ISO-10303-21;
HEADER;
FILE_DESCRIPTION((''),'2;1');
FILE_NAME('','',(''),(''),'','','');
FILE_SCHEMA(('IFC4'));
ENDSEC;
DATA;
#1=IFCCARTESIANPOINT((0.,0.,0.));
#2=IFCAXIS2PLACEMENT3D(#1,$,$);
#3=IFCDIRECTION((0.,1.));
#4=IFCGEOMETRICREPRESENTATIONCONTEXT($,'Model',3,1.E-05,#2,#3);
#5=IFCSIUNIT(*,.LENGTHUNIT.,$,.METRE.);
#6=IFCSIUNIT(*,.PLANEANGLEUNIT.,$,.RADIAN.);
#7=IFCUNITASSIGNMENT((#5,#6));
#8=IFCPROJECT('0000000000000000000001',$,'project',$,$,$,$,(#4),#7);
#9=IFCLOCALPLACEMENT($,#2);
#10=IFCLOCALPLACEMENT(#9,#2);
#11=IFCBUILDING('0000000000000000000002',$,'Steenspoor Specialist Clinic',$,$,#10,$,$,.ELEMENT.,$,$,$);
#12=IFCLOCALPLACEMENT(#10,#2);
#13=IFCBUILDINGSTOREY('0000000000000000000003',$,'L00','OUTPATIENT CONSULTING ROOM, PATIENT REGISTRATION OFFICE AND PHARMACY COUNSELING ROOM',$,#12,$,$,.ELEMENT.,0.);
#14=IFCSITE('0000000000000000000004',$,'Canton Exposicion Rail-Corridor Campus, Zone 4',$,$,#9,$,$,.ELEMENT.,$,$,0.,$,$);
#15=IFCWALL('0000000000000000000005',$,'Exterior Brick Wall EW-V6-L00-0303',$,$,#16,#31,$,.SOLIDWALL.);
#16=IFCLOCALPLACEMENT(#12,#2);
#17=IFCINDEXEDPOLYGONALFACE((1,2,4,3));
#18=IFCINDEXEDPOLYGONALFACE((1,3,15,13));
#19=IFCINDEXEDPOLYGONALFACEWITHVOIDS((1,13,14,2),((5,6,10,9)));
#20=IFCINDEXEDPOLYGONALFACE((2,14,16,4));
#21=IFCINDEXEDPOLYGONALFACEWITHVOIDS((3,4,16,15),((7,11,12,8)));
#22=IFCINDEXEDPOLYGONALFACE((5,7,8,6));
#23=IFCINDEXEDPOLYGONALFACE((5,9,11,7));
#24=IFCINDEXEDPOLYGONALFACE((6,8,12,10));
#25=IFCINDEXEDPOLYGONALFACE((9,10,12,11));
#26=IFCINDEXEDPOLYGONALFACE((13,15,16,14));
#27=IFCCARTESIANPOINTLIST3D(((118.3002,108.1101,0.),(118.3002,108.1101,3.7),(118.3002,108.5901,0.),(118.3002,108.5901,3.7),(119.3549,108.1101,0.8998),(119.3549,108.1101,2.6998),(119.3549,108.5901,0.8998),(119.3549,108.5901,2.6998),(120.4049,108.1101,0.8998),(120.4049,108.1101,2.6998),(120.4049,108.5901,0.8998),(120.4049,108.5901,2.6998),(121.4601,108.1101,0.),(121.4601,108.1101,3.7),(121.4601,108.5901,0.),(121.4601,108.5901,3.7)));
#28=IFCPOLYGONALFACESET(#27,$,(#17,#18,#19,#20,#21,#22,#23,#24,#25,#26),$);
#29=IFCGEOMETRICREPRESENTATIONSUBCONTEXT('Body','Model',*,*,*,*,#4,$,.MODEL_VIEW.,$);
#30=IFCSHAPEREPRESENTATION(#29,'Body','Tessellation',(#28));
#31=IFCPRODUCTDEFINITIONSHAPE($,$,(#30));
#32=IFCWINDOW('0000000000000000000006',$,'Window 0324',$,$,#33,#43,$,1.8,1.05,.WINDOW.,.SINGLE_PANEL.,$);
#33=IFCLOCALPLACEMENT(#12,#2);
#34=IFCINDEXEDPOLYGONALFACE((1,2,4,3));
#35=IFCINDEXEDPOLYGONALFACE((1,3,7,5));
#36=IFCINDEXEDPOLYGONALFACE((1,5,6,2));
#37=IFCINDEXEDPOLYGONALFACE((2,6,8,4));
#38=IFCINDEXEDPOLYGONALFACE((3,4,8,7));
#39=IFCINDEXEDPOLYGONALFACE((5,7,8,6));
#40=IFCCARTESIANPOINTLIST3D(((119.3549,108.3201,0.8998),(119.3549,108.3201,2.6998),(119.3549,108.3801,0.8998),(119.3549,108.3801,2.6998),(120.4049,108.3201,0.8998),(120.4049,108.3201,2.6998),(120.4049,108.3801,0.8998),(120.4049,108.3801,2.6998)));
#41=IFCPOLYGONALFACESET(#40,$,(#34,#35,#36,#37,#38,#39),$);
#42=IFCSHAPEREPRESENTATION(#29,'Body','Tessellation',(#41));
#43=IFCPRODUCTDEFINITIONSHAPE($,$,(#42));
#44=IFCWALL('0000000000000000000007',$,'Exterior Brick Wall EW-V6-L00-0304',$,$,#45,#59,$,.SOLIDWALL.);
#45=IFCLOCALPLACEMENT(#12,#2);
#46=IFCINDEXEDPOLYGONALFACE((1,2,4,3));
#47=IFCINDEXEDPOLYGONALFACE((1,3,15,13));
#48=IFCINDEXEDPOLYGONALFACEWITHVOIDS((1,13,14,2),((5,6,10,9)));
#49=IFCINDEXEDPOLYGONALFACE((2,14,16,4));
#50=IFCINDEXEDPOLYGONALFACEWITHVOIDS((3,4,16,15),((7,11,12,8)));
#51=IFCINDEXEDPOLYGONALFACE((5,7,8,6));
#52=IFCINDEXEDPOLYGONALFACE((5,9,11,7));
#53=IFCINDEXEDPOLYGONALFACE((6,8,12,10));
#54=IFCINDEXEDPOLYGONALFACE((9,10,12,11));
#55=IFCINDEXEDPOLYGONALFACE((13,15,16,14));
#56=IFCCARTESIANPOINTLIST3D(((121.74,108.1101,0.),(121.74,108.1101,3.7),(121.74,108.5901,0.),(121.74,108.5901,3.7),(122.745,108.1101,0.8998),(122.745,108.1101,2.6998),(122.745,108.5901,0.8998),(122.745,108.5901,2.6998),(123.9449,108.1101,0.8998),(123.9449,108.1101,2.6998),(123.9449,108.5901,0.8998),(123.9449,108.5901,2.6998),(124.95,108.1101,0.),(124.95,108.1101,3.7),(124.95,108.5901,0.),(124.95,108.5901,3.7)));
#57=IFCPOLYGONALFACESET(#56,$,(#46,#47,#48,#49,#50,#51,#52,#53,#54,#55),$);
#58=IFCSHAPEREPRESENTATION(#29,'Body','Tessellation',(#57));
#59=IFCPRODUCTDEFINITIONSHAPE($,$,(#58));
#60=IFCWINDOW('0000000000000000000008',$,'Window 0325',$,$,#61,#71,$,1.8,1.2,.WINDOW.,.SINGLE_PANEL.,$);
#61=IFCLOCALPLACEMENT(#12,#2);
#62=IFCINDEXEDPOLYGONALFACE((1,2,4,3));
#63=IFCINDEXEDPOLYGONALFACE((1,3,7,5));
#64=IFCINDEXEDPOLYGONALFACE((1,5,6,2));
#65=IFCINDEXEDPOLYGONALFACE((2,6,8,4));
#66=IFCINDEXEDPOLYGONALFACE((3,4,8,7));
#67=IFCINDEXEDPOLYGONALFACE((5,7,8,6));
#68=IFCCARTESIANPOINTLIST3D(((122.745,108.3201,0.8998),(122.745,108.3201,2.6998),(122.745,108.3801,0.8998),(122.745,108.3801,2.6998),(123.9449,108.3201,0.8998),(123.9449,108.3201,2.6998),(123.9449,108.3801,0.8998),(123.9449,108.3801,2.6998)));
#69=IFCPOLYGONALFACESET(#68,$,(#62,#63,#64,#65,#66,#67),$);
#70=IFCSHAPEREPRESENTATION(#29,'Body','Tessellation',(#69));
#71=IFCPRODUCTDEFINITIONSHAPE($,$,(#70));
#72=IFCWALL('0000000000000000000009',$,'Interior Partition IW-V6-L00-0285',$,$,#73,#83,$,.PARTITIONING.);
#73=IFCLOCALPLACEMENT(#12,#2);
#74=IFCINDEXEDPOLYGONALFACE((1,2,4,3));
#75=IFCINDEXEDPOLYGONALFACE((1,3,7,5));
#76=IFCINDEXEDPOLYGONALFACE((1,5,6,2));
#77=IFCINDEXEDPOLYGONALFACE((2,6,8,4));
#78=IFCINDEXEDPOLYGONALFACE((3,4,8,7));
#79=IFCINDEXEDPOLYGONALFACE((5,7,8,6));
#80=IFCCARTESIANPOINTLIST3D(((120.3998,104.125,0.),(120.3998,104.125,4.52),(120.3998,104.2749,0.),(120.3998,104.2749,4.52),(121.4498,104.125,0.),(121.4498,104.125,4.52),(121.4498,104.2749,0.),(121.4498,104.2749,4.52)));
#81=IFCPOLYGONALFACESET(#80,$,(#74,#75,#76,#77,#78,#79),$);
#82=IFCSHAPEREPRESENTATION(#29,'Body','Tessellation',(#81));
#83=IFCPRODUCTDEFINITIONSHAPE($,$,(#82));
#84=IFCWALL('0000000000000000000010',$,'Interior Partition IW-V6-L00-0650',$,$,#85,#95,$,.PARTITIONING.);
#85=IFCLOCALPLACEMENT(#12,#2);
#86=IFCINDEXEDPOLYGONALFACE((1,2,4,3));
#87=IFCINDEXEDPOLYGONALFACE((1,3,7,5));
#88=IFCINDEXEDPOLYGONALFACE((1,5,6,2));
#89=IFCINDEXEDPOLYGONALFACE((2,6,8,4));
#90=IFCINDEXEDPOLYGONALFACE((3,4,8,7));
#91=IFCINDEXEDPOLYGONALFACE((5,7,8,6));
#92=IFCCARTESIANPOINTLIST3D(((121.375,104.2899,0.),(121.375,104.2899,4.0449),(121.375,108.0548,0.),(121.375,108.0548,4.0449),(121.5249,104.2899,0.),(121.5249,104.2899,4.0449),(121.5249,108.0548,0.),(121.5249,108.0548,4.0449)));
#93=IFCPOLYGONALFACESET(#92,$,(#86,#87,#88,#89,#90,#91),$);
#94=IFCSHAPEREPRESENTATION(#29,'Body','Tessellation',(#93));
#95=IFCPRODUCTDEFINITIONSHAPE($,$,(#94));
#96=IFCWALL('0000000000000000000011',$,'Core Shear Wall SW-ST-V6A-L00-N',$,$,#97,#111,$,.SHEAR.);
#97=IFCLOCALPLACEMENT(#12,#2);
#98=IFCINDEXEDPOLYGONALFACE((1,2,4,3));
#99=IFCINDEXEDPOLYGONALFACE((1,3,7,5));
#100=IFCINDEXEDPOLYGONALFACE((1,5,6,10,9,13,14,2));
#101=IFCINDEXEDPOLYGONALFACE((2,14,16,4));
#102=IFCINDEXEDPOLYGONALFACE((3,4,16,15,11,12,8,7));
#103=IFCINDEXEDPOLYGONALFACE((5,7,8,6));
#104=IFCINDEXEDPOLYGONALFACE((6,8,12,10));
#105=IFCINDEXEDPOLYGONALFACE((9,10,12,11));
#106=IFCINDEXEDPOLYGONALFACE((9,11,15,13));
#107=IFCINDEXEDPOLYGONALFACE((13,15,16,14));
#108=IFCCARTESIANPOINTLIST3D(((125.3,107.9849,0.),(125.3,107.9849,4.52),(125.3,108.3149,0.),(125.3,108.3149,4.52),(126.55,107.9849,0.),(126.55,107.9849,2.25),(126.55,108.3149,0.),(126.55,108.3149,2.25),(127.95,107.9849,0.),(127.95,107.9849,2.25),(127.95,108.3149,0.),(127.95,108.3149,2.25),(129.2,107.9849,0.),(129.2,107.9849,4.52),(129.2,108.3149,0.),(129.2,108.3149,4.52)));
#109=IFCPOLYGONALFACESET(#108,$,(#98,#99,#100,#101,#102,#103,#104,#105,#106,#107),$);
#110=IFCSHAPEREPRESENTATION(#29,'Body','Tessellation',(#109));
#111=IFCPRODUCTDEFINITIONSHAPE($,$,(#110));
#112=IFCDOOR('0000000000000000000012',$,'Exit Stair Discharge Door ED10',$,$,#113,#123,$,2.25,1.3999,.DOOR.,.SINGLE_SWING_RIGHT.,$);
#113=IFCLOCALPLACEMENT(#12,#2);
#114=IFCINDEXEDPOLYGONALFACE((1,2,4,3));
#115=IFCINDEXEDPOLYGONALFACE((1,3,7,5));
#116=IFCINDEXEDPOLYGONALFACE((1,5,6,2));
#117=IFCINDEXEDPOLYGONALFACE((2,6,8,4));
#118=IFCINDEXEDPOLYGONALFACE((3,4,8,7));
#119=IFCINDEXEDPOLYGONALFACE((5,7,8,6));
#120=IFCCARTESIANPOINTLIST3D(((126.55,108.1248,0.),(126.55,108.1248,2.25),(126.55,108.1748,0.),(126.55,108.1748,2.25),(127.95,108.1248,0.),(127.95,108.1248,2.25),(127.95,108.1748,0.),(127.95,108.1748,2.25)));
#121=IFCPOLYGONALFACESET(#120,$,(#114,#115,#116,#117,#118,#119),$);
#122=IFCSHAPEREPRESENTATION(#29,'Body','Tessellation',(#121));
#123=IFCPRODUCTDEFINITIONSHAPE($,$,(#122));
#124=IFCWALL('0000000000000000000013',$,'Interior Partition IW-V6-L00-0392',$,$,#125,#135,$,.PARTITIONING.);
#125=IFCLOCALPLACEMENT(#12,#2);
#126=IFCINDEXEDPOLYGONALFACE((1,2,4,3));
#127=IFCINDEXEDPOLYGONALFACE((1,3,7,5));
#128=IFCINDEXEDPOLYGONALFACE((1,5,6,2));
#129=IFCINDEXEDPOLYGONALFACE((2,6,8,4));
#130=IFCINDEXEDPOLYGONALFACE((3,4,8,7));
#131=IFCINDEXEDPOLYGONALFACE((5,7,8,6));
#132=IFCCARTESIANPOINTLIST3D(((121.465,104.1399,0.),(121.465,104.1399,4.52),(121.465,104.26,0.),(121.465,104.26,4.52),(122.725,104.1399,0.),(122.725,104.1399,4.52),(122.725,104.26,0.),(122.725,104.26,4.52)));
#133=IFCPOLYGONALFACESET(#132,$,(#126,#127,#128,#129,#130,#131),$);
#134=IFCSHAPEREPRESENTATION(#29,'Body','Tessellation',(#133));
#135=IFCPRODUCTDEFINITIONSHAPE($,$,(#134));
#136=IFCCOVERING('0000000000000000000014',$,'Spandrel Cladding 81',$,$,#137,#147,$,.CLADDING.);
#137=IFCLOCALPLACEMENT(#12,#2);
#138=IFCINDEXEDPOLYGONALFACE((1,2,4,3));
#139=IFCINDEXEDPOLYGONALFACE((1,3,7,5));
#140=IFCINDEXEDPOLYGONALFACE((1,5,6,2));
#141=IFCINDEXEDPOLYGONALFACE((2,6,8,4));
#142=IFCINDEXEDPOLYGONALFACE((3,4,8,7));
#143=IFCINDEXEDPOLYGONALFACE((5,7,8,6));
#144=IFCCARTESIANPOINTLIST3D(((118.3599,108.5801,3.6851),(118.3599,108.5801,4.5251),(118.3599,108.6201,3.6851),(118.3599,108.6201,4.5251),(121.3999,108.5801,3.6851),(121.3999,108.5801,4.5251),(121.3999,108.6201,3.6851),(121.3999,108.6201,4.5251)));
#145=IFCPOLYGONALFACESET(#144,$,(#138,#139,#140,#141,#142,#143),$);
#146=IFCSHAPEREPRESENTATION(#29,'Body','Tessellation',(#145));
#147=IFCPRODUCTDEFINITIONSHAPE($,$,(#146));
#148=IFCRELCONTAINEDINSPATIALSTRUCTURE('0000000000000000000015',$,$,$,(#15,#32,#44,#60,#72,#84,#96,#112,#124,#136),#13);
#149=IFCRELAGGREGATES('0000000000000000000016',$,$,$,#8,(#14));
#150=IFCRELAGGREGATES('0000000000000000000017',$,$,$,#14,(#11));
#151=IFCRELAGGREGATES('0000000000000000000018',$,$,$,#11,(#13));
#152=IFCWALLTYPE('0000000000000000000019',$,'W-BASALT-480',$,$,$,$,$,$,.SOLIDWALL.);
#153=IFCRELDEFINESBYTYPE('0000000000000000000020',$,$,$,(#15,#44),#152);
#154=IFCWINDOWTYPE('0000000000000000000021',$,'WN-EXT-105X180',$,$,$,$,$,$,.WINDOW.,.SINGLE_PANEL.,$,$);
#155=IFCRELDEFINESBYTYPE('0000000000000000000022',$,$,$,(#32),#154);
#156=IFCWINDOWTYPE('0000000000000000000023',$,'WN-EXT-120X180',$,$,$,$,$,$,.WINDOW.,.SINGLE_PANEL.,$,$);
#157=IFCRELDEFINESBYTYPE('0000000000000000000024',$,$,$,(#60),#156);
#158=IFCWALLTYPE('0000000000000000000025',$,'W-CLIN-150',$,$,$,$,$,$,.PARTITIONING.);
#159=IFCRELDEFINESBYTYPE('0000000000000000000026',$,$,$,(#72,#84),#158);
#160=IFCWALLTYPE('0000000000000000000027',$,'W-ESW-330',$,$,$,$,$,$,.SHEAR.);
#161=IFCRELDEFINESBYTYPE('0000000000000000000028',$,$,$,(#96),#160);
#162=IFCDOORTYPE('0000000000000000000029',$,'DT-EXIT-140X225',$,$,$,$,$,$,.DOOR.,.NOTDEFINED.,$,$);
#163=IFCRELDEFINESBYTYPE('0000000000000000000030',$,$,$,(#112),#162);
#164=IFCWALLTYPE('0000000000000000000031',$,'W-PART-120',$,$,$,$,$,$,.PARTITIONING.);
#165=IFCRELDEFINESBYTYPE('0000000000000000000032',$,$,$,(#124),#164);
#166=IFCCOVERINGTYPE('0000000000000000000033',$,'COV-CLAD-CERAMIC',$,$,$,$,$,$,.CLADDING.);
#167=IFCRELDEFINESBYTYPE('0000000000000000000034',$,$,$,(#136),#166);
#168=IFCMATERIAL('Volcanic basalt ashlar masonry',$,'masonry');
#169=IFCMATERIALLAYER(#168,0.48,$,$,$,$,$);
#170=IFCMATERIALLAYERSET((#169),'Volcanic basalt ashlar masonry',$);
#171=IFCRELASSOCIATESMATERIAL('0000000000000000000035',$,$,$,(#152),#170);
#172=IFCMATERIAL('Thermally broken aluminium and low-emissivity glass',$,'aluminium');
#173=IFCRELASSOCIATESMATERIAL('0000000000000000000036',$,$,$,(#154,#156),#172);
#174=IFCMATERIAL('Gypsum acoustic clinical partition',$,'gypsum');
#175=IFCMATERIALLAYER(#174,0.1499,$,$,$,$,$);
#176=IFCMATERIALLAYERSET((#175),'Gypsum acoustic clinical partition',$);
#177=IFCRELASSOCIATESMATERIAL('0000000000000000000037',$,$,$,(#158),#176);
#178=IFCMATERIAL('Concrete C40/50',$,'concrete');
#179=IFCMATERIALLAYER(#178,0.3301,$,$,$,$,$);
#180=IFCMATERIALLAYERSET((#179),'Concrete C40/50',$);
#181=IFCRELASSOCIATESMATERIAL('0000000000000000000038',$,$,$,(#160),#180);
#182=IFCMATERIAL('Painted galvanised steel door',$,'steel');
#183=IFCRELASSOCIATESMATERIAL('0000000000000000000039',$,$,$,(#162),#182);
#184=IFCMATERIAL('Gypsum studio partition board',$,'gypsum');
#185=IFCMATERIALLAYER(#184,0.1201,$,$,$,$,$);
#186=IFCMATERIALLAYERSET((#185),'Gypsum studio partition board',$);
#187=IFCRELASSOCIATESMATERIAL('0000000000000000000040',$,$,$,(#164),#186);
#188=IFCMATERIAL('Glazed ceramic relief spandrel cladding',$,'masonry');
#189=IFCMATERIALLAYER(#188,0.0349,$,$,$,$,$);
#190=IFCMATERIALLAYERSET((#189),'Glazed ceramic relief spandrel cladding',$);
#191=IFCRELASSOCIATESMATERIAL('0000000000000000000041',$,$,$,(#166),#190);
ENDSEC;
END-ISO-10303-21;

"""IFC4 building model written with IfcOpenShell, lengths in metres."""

from ifc_helpers import new_model, si_unit, direction, frame, frame_2d, origin, origin_2d, place, context, subcontext, project, spatial, rectangle, extrude, material, layer, layer_set, type_object, element, fill, save


model = new_model("IFC4")

# Units and contexts
model_context = context("Model", 3, precision=1e-05, world=origin(), true_north=direction((0.0, 1.0)))
body_context = subcontext(model_context, "Body", "Model", "MODEL_VIEW")
ifc_project = project(units=[si_unit("LENGTHUNIT", "METRE"), si_unit("PLANEANGLEUNIT", "RADIAN")], contexts=[model_context])

# Site, building, storey
site_placement = place(None, origin())
site = spatial("IfcSite", under=ifc_project, at=site_placement, Name="Canton Exposicion Rail-Corridor Campus, Zone 4", CompositionType="ELEMENT", RefElevation=0.0)
building_placement = place(site_placement, origin())
building = spatial("IfcBuilding", under=site, at=building_placement, Name="Steenspoor Specialist Clinic", CompositionType="ELEMENT")
storey_placement = place(building_placement, origin())
storey = spatial("IfcBuildingStorey", under=building, at=storey_placement, Name="L00", Description="OUTPATIENT CONSULTING ROOM, PATIENT REGISTRATION OFFICE AND PHARMACY COUNSELING ROOM", CompositionType="ELEMENT", Elevation=0.0)

# Shared definitions
ifc_material_1 = material(Name="Concrete C40/50", Category="concrete")

# Walls, openings, windows
ifc_material_2 = material(Name="Volcanic basalt ashlar masonry", Category="masonry")
ifc_layer_1 = layer(ifc_material_2, 0.48)
ifc_layer_set_1 = layer_set([ifc_layer_1], Name="Volcanic basalt ashlar masonry")
wall_type_1 = type_object("IfcWallType", Name="W-BASALT-480", PredefinedType="SOLIDWALL", material=ifc_layer_set_1)
wall_1_placement = place(storey_placement, frame((118.3, 108.3501, 0.0), z_axis=(0.0, 0.0, 1.0), x_axis=(1.0, 0.0, 0.0)))
wall_1 = element("IfcWall", 1, at=wall_1_placement, inside=storey, type_object=wall_type_1, Name="Exterior Brick Wall EW-V6-L00-0303", PredefinedType="SOLIDWALL", context=body_context, shape_type="SweptSolid", body=[
    extrude(rectangle(XDim=3.1599, YDim=0.48, at=frame_2d((1.5801, 0.0))), origin(), (0.0, 0.0, 1.0), 3.7),
])
opening_1_placement = place(wall_1_placement, frame((1.0549, 0.0, 0.8999)))
opening_1 = element("IfcOpeningElement", 2, at=opening_1_placement, cuts=wall_1, PredefinedType="OPENING", context=body_context, shape_type="SweptSolid", body=[
    extrude(rectangle(XDim=1.05, YDim=1.8, at=frame_2d((0.5249, 0.8999))), frame((0.0, 0.25, 0.0), z_axis=(0.0, -1.0, 0.0), x_axis=(1.0, 0.0, 0.0)), (0.0, 0.0, 1.0), 0.5),
])
ifc_material_3 = material(Name="Thermally broken aluminium and low-emissivity glass", Category="aluminium")
window_type_1 = type_object("IfcWindowType", Name="WN-EXT-105X180", PartitioningType="SINGLE_PANEL", PredefinedType="WINDOW", material=ifc_material_3)
window_1_placement = place(opening_1_placement, origin())
window_1 = element("IfcWindow", 3, at=window_1_placement, inside=storey, type_object=window_type_1, Name="Window 0324", OverallHeight=1.8, OverallWidth=1.05, PartitioningType="SINGLE_PANEL", PredefinedType="WINDOW", context=body_context, shape_type="SweptSolid", body=[
    extrude(rectangle(XDim=1.05, YDim=1.8, at=frame_2d((0.5249, 0.8999))), frame((0.0, 0.03, 0.0), z_axis=(0.0, -1.0, 0.0), x_axis=(1.0, 0.0, 0.0)), (0.0, 0.0, 1.0), 0.0601),
])
fill(opening_1, window_1)
wall_2_placement = place(storey_placement, frame((121.74, 108.3501, 0.0), z_axis=(0.0, 0.0, 1.0), x_axis=(1.0, 0.0, 0.0)))
wall_2 = element("IfcWall", 4, at=wall_2_placement, inside=storey, type_object=wall_type_1, Name="Exterior Brick Wall EW-V6-L00-0304", PredefinedType="SOLIDWALL", context=body_context, shape_type="SweptSolid", body=[
    extrude(rectangle(XDim=3.21, YDim=0.48, at=frame_2d((1.605, 0.0))), origin(), (0.0, 0.0, 1.0), 3.7),
])
opening_2_placement = place(wall_2_placement, frame((1.0049, 0.0, 0.8999)))
opening_2 = element("IfcOpeningElement", 5, at=opening_2_placement, cuts=wall_2, PredefinedType="OPENING", context=body_context, shape_type="SweptSolid", body=[
    extrude(rectangle(XDim=1.2, YDim=1.8, at=frame_2d((0.6001, 0.8999))), frame((0.0, 0.25, 0.0), z_axis=(0.0, -1.0, 0.0), x_axis=(1.0, 0.0, 0.0)), (0.0, 0.0, 1.0), 0.5),
])
window_type_2 = type_object("IfcWindowType", Name="WN-EXT-120X180", PartitioningType="SINGLE_PANEL", PredefinedType="WINDOW", material=ifc_material_3)
window_2_placement = place(opening_2_placement, origin())
window_2 = element("IfcWindow", 6, at=window_2_placement, inside=storey, type_object=window_type_2, Name="Window 0325", OverallHeight=1.8, OverallWidth=1.2, PartitioningType="SINGLE_PANEL", PredefinedType="WINDOW", context=body_context, shape_type="SweptSolid", body=[
    extrude(rectangle(XDim=1.2, YDim=1.8, at=frame_2d((0.6001, 0.8999))), frame((0.0, 0.03, 0.0), z_axis=(0.0, -1.0, 0.0), x_axis=(1.0, 0.0, 0.0)), (0.0, 0.0, 1.0), 0.0601),
])
fill(opening_2, window_2)

# Walls
ifc_material_4 = material(Name="Gypsum acoustic clinical partition", Category="gypsum")
ifc_layer_2 = layer(ifc_material_4, 0.1499)
ifc_layer_set_2 = layer_set([ifc_layer_2], Name="Gypsum acoustic clinical partition")
wall_type_2 = type_object("IfcWallType", Name="W-CLIN-150", PredefinedType="PARTITIONING", material=ifc_layer_set_2)
wall_3_placement = place(storey_placement, frame((120.3999, 104.2, 0.0), z_axis=(0.0, 0.0, 1.0), x_axis=(1.0, 0.0, 0.0)))
element("IfcWall", 7, at=wall_3_placement, inside=storey, type_object=wall_type_2, Name="Interior Partition IW-V6-L00-0285", PredefinedType="PARTITIONING", context=body_context, shape_type="SweptSolid", body=[
    extrude(rectangle(XDim=1.05, YDim=0.1499, at=frame_2d((0.5249, 0.0))), origin(), (0.0, 0.0, 1.0), 4.52),
])
wall_4_placement = place(storey_placement, frame((121.45, 104.29, 0.0), z_axis=(0.0, 0.0, 1.0), x_axis=(0.0, 1.0, 0.0)))
element("IfcWall", 8, at=wall_4_placement, inside=storey, type_object=wall_type_2, Name="Interior Partition IW-V6-L00-0650", PredefinedType="PARTITIONING", context=body_context, shape_type="SweptSolid", body=[
    extrude(rectangle(XDim=3.7649, YDim=0.1499, at=frame_2d((1.8823, 0.0))), origin(), (0.0, 0.0, 1.0), 4.0449),
])

# Wall, opening, door
ifc_layer_3 = layer(ifc_material_1, 0.3301)
ifc_layer_set_3 = layer_set([ifc_layer_3], Name="Concrete C40/50")
wall_type_3 = type_object("IfcWallType", Name="W-ESW-330", PredefinedType="SHEAR", material=ifc_layer_set_3)
wall_5_placement = place(storey_placement, frame((125.3, 108.1499, 0.0), z_axis=(0.0, 0.0, 1.0), x_axis=(1.0, 0.0, 0.0)))
wall_5 = element("IfcWall", 9, at=wall_5_placement, inside=storey, type_object=wall_type_3, Name="Core Shear Wall SW-ST-V6A-L00-N", PredefinedType="SHEAR", context=body_context, shape_type="SweptSolid", body=[
    extrude(rectangle(XDim=3.8999, YDim=0.3301, at=frame_2d((1.95, 0.0))), origin(), (0.0, 0.0, 1.0), 4.52),
])
opening_3_placement = place(wall_5_placement, frame((1.25, 0.0, 0.0)))
opening_3 = element("IfcOpeningElement", 10, at=opening_3_placement, cuts=wall_5, PredefinedType="OPENING", context=body_context, shape_type="SweptSolid", body=[
    extrude(rectangle(XDim=1.3999, YDim=2.25, at=frame_2d((0.7, 1.125))), frame((0.0, 0.175, 0.0), z_axis=(0.0, -1.0, 0.0), x_axis=(1.0, 0.0, 0.0)), (0.0, 0.0, 1.0), 0.3501),
])
ifc_material_5 = material(Name="Painted galvanised steel door", Category="steel")
door_type = type_object("IfcDoorType", Name="DT-EXIT-140X225", OperationType="NOTDEFINED", PredefinedType="DOOR", material=ifc_material_5)
door_placement = place(opening_3_placement, origin())
door = element("IfcDoor", 11, at=door_placement, inside=storey, type_object=door_type, Name="Exit Stair Discharge Door ED10", OperationType="SINGLE_SWING_RIGHT", OverallHeight=2.25, OverallWidth=1.3999, PredefinedType="DOOR", context=body_context, shape_type="SweptSolid", body=[
    extrude(rectangle(XDim=1.3999, YDim=2.25, at=frame_2d((0.7, 1.125))), frame((0.0, 0.0249, 0.0), z_axis=(0.0, -1.0, 0.0), x_axis=(1.0, 0.0, 0.0)), (0.0, 0.0, 1.0), 0.05),
])
fill(opening_3, door)

# Wall
ifc_material_6 = material(Name="Gypsum studio partition board", Category="gypsum")
ifc_layer_4 = layer(ifc_material_6, 0.1201)
ifc_layer_set_4 = layer_set([ifc_layer_4], Name="Gypsum studio partition board")
wall_type_4 = type_object("IfcWallType", Name="W-PART-120", PredefinedType="PARTITIONING", material=ifc_layer_set_4)
wall_6_placement = place(storey_placement, frame((121.4651, 104.2, 0.0), z_axis=(0.0, 0.0, 1.0), x_axis=(1.0, 0.0, 0.0)))
element("IfcWall", 12, at=wall_6_placement, inside=storey, type_object=wall_type_4, Name="Interior Partition IW-V6-L00-0392", PredefinedType="PARTITIONING", context=body_context, shape_type="SweptSolid", body=[
    extrude(rectangle(XDim=1.26, YDim=0.1201, at=frame_2d((0.6299, 0.0))), origin(), (0.0, 0.0, 1.0), 4.52),
])

# Covering
ifc_material_7 = material(Name="Glazed ceramic relief spandrel cladding", Category="masonry")
ifc_layer_5 = layer(ifc_material_7, 0.0349)
ifc_layer_set_5 = layer_set([ifc_layer_5], Name="Glazed ceramic relief spandrel cladding")
covering_type = type_object("IfcCoveringType", Name="COV-CLAD-CERAMIC", PredefinedType="CLADDING", material=ifc_layer_set_5)
covering_placement = place(storey_placement, frame((119.8799, 108.6001, 3.6851), z_axis=(0.0, 0.0, 1.0), x_axis=(1.0, 0.0, 0.0)))
element("IfcCovering", 13, at=covering_placement, inside=storey, type_object=covering_type, Name="Spandrel Cladding 81", PredefinedType="CLADDING", context=body_context, shape_type="SweptSolid", body=[
    extrude(rectangle(XDim=3.04, YDim=0.04, at=origin_2d()), origin(), (0.0, 0.0, 1.0), 0.8401),
])

save(model, "model.ifc")
